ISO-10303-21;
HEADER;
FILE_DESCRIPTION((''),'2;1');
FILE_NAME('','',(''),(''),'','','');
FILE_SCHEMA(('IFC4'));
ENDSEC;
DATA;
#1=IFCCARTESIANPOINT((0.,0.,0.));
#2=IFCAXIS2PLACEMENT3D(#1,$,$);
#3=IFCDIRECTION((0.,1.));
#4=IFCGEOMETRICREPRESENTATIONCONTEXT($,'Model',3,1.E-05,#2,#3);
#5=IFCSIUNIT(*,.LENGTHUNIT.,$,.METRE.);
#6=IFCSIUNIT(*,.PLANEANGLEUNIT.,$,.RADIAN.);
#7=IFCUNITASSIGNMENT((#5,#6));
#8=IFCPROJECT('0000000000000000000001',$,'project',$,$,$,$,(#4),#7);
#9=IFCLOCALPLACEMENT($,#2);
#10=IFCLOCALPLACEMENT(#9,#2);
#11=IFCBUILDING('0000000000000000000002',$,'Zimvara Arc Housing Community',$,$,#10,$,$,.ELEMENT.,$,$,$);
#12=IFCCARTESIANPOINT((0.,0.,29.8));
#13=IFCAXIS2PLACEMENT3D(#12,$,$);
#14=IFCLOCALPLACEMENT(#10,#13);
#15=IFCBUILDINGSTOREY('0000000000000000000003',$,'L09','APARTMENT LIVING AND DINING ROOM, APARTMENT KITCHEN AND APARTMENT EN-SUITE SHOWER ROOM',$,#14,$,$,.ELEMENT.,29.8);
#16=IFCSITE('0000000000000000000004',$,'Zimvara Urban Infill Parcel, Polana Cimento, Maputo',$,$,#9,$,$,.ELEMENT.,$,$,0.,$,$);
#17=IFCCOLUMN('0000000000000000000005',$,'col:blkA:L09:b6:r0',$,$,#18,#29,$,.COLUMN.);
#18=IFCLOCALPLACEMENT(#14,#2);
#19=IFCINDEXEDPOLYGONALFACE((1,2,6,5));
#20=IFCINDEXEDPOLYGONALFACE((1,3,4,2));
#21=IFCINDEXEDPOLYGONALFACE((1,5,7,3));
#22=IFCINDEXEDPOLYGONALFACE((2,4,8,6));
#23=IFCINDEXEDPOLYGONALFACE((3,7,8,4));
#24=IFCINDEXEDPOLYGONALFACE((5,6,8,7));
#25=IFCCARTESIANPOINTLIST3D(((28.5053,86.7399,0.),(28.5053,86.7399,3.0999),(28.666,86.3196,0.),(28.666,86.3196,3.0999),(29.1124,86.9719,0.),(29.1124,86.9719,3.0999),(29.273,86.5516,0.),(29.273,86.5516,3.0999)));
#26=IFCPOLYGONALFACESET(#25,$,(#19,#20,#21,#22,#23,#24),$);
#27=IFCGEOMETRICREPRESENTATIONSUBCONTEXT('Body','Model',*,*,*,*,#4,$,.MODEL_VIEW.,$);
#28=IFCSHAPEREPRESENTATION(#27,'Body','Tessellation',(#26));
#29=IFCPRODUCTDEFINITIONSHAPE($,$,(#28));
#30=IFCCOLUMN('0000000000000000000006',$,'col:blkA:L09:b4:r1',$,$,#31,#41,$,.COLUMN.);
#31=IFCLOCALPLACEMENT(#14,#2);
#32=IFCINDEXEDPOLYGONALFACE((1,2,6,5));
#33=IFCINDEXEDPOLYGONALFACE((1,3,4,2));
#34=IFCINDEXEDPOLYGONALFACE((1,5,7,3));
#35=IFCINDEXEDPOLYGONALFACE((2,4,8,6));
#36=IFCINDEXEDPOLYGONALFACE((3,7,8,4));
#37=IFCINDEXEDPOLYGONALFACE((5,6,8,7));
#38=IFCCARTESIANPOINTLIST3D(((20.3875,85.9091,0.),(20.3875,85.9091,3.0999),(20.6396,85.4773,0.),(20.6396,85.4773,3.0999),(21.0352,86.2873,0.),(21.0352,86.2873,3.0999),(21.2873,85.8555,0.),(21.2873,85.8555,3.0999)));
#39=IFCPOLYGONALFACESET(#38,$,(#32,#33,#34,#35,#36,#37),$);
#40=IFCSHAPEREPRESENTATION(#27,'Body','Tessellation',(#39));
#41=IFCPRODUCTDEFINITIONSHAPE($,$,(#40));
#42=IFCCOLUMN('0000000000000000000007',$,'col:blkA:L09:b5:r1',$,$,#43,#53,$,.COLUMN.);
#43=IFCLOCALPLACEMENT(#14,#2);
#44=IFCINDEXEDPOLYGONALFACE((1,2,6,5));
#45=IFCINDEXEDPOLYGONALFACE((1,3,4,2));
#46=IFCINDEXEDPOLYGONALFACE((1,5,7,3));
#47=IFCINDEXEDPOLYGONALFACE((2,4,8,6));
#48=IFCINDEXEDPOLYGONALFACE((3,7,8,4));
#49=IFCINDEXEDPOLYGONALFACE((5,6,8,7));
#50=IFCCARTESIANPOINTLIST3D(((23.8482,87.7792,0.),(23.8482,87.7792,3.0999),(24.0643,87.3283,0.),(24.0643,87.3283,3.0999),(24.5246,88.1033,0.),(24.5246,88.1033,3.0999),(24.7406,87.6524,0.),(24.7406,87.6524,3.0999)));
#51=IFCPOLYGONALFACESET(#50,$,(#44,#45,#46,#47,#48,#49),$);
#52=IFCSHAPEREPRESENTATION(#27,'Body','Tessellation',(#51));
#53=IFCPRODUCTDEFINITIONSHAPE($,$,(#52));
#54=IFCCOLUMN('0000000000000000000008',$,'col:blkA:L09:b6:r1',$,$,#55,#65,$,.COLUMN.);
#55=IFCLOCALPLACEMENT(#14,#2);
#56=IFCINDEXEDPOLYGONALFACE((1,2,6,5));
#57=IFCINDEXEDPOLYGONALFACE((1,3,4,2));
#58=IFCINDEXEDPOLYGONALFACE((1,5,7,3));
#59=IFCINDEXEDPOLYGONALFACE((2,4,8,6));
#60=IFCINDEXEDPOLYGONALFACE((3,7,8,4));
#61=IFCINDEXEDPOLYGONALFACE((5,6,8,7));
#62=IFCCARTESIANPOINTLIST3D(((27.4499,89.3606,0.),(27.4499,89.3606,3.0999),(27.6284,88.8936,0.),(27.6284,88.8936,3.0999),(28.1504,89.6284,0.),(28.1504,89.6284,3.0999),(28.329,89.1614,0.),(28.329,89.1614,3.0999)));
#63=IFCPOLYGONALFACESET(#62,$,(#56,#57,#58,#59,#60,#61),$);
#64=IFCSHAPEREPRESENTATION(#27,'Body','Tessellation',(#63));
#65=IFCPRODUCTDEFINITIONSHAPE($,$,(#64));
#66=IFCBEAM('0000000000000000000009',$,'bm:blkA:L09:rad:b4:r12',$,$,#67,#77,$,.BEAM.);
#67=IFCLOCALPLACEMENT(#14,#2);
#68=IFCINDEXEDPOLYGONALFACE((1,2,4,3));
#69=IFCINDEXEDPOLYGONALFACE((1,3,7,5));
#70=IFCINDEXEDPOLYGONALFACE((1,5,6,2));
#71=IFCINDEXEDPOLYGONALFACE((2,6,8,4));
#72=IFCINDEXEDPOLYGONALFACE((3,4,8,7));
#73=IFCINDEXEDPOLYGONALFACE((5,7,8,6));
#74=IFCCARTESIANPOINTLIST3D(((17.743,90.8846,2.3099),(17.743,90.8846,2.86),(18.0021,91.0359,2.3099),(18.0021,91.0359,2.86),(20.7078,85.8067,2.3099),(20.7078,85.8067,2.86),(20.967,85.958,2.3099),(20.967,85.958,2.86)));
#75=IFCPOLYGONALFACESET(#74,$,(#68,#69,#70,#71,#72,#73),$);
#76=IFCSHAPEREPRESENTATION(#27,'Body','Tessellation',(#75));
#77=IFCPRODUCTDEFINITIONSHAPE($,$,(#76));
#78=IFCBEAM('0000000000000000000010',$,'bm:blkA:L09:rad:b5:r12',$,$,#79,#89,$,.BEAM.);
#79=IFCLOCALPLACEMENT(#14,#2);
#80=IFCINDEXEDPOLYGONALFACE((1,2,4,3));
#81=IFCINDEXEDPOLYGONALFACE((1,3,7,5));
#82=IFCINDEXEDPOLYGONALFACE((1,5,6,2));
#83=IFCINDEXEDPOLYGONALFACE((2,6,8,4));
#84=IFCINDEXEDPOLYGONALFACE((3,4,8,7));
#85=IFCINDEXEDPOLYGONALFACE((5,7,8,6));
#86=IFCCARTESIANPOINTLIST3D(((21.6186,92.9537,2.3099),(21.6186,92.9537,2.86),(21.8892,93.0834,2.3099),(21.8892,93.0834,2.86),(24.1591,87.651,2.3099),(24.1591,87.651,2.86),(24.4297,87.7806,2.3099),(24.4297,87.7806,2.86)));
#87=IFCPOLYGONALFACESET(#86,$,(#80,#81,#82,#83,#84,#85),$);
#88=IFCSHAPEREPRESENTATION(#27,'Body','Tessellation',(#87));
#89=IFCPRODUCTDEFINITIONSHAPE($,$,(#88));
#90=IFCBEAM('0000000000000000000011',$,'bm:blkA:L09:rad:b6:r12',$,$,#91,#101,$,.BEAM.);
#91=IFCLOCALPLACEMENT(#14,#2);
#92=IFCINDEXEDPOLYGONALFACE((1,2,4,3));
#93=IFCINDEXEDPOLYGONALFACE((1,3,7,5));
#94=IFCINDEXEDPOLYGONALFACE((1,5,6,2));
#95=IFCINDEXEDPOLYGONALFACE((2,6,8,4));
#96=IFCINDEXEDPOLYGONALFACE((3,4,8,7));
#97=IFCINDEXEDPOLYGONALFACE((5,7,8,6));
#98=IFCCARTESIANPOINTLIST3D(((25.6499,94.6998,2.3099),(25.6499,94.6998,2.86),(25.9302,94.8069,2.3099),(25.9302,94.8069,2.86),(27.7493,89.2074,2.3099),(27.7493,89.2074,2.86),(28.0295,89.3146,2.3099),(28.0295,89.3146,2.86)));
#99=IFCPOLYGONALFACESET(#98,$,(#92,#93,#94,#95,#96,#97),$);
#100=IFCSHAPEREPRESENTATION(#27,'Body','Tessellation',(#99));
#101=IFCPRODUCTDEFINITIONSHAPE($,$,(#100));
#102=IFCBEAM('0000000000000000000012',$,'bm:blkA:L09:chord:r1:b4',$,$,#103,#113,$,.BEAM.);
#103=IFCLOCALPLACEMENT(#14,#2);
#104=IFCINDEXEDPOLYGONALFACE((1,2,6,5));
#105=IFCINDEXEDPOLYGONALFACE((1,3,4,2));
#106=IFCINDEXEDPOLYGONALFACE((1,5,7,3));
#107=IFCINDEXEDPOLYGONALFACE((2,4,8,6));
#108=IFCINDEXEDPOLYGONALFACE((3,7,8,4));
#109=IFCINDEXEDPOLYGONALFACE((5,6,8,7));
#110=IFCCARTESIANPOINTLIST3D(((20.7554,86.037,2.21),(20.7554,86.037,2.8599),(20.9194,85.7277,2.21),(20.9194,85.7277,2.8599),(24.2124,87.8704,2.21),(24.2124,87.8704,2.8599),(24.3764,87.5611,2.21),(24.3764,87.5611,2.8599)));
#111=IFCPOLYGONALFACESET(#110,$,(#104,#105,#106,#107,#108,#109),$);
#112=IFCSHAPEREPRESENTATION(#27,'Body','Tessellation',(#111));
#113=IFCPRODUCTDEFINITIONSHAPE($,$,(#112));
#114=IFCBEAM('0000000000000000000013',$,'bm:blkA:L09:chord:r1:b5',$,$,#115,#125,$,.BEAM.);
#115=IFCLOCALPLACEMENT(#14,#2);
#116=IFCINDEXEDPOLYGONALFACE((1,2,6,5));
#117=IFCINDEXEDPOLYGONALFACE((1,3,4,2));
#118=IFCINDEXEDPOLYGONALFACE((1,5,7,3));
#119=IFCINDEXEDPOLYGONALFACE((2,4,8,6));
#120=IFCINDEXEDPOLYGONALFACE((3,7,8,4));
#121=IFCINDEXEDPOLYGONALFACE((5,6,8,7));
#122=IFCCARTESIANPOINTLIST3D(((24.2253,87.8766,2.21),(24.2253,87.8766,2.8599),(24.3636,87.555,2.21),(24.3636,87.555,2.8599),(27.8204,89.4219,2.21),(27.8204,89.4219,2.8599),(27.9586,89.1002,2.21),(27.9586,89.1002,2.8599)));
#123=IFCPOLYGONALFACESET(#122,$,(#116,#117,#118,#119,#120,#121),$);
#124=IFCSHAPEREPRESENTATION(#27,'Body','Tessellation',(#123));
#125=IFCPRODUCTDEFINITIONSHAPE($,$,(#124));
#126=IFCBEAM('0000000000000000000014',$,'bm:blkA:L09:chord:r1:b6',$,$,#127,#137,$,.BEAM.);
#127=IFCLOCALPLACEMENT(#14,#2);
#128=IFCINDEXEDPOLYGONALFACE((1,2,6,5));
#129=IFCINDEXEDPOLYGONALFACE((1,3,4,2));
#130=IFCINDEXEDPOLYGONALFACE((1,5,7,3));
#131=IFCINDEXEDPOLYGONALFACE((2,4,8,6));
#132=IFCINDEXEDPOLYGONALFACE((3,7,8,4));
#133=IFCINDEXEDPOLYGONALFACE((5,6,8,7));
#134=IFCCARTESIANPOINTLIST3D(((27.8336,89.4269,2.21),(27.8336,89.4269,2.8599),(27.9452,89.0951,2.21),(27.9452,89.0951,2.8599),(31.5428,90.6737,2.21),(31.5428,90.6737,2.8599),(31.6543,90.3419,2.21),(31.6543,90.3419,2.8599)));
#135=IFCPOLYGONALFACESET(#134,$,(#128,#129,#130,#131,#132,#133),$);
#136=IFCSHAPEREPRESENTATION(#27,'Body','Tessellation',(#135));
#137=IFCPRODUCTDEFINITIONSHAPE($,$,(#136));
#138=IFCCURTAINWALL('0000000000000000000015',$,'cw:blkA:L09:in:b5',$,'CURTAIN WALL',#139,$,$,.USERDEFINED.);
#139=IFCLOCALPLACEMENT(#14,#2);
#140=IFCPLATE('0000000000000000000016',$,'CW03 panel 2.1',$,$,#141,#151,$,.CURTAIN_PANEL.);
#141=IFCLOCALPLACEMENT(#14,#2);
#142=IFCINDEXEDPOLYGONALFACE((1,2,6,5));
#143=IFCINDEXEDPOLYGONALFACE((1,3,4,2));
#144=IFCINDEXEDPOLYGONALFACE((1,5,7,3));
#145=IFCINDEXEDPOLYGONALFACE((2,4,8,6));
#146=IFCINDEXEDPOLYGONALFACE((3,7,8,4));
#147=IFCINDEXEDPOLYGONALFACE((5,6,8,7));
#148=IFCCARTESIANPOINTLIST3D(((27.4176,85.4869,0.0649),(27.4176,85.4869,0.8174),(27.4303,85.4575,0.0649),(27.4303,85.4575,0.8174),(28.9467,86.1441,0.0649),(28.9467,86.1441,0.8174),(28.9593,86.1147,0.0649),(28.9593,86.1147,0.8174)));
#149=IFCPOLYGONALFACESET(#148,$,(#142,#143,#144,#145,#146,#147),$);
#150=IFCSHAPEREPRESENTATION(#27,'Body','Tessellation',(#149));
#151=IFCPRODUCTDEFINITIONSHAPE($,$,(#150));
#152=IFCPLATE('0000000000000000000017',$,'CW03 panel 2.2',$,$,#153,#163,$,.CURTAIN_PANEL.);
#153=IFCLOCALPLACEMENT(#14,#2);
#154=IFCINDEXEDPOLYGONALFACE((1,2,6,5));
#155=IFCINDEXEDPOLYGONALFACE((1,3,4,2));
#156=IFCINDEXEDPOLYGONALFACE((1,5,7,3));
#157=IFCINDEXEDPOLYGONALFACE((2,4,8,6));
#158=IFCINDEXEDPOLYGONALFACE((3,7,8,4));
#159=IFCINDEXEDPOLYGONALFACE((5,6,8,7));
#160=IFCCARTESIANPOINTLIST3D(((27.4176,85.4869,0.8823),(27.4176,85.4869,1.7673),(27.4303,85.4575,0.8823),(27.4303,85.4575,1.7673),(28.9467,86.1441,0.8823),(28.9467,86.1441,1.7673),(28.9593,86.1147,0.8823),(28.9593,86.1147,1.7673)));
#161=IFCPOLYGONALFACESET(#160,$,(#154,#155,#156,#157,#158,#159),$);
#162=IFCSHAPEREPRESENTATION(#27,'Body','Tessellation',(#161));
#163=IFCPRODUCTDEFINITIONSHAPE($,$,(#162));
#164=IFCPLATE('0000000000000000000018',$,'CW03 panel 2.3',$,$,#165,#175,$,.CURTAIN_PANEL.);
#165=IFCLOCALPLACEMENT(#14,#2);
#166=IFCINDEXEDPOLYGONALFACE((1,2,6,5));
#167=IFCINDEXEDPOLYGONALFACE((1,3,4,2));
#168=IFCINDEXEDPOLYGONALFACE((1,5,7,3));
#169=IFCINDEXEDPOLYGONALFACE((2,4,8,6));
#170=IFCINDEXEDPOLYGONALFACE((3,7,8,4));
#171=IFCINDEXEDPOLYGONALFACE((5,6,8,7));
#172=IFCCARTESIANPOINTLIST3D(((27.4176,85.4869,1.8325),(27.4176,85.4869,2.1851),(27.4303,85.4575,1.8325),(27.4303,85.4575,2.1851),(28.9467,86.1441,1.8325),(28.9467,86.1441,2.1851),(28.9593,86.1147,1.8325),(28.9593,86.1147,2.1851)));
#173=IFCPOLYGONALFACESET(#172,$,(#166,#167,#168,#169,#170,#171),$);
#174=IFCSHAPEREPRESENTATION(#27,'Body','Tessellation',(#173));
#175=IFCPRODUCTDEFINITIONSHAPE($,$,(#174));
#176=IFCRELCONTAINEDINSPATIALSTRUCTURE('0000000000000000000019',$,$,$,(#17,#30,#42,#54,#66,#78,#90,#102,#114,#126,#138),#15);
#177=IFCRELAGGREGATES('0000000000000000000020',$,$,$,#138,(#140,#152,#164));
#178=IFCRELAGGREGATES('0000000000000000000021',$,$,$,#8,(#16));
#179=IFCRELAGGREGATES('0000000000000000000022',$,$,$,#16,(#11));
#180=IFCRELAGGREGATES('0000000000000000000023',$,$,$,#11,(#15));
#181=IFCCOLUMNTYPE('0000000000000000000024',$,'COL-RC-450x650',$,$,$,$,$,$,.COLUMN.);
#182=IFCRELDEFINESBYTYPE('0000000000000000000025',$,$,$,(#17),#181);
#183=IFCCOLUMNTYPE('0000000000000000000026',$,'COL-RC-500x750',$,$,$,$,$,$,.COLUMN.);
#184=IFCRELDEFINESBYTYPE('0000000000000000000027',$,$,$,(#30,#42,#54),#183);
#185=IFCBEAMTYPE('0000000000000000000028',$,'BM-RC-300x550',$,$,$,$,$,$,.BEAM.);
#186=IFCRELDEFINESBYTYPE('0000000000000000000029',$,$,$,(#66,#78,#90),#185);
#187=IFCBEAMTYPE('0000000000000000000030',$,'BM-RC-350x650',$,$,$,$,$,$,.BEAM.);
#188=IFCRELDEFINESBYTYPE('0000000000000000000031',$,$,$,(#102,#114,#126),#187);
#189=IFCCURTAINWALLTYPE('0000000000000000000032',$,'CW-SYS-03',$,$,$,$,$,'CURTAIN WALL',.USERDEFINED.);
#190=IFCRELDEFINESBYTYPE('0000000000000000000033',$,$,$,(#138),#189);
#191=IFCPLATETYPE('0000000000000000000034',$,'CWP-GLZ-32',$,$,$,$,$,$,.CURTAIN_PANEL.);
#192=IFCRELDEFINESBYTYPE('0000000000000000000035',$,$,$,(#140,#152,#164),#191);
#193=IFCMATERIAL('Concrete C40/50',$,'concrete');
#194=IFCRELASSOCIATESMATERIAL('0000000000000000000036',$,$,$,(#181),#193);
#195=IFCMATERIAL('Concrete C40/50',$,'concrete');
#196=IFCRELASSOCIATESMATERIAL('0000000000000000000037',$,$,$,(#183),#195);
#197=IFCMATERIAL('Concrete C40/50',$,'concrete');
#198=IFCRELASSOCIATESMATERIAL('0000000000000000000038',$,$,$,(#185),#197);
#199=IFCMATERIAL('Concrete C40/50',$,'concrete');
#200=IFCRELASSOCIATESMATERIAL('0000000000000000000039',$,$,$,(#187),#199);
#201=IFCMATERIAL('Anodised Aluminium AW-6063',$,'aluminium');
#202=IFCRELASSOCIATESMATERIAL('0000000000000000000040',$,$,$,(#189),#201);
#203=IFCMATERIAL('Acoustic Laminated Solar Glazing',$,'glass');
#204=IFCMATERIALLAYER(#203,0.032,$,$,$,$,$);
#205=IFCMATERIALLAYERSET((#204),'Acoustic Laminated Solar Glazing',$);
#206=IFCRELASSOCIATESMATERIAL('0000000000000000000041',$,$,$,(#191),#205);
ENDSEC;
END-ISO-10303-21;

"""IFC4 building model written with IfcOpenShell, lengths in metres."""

from ifc_helpers import new_model, si_unit, direction, frame, origin, origin_2d, place, context, subcontext, project, spatial, rectangle, extrude, material, layer, layer_set, material_profile, profile_set, type_object, element, aggregate, save


model = new_model("IFC4")

# Units and contexts
model_context = context("Model", 3, precision=1e-05, world=origin(), true_north=direction((0.0, 1.0)))
body_context = subcontext(model_context, "Body", "Model", "MODEL_VIEW")
ifc_project = project(units=[si_unit("LENGTHUNIT", "METRE"), si_unit("PLANEANGLEUNIT", "RADIAN")], contexts=[model_context])

# Site, building, storey
site_placement = place(None, origin())
site = spatial("IfcSite", under=ifc_project, at=site_placement, Name="Zimvara Urban Infill Parcel, Polana Cimento, Maputo", CompositionType="ELEMENT", RefElevation=0.0)
building_placement = place(site_placement, origin())
building = spatial("IfcBuilding", under=site, at=building_placement, Name="Zimvara Arc Housing Community", CompositionType="ELEMENT")
storey_placement = place(building_placement, frame((0.0, 0.0, 29.8)))
storey = spatial("IfcBuildingStorey", under=building, at=storey_placement, Name="L09", Description="APARTMENT LIVING AND DINING ROOM, APARTMENT KITCHEN AND APARTMENT EN-SUITE SHOWER ROOM", CompositionType="ELEMENT", Elevation=29.8)

# Columns
ifc_material_1 = material(Name="Concrete C40/50", Category="concrete")
ifc_material_profile_1 = material_profile(ifc_material_1, rectangle(XDim=0.45, YDim=0.6499, at=origin_2d()), Name="RC 450x650")
ifc_profile_set_1 = profile_set([ifc_material_profile_1], Name="Concrete C40/50")
column_type_1 = type_object("IfcColumnType", Name="COL-RC-450x650", PredefinedType="COLUMN", material=ifc_profile_set_1)
column_placement = place(storey_placement, frame((28.8892, 86.6458, 0.0), z_axis=(0.0, 0.0, 1.0), x_axis=(-0.357064, 0.93408, 0.0)))
element("IfcColumn", 1, at=column_placement, inside=storey, type_object=column_type_1, Name="col:blkA:L09:b6:r0", PredefinedType="COLUMN", context=body_context, shape_type="SweptSolid", body=[
    extrude(rectangle(XDim=0.45, YDim=0.6499, at=origin_2d()), origin(), (0.0, 0.0, 1.0), 3.0999),
])
ifc_material_2 = material(Name="Concrete C40/50", Category="concrete")
ifc_material_profile_2 = material_profile(ifc_material_2, rectangle(XDim=0.5, YDim=0.75, at=origin_2d()), Name="RC 500x750")
ifc_profile_set_2 = profile_set([ifc_material_profile_2], Name="Concrete C40/50")
column_type_2 = type_object("IfcColumnType", Name="COL-RC-500x750", PredefinedType="COLUMN", material=ifc_profile_set_2)
for number, where, z_axis, x_axis, name in (
    (2, (20.8374, 85.8823, 0.0), (0.0, 0.0, 1.0), (-0.504226, 0.863572, 0.0), "col:blkA:L09:b4:r1"),
    (3, (24.2944, 87.7158, 0.0), (0.0, 0.0, 1.0), (-0.432086, 0.901833, 0.0), "col:blkA:L09:b5:r1"),
    (4, (27.8894, 89.261, 0.0), (0.0, 0.0, 1.0), (-0.357064, 0.93408, 0.0), "col:blkA:L09:b6:r1"),
):
    element("IfcColumn", number, at=place(storey_placement, frame(where, z_axis=z_axis, x_axis=x_axis)), inside=storey, type_object=column_type_2, Name=name, PredefinedType="COLUMN", context=body_context, shape_type="SweptSolid", body=[
        extrude(rectangle(XDim=0.5, YDim=0.75, at=origin_2d()), origin(), (0.0, 0.0, 1.0), 3.0999),
    ])

# Beams
ifc_material_3 = material(Name="Concrete C40/50", Category="concrete")
ifc_material_profile_3 = material_profile(ifc_material_3, rectangle(XDim=0.3, YDim=0.55, at=origin_2d()), Name="RC 300x550")
ifc_profile_set_3 = profile_set([ifc_material_profile_3], Name="Concrete C40/50")
beam_type_1 = type_object("IfcBeamType", Name="BM-RC-300x550", PredefinedType="BEAM", material=ifc_profile_set_3)
beam_placement = place(storey_placement, frame((20.8374, 85.8823, 2.585), z_axis=(-0.504219, 0.863576, 0.0), x_axis=(-0.863576, -0.504219, 0.0)))
element("IfcBeam", 5, at=beam_placement, inside=storey, type_object=beam_type_1, Name="bm:blkA:L09:rad:b4:r12", PredefinedType="BEAM", context=body_context, shape_type="SweptSolid", body=[
    extrude(rectangle(XDim=0.3, YDim=0.55, at=origin_2d()), origin(), (0.0, 0.0, 1.0), 5.8801),
])
for number, where, z_axis, x_axis, name in (
    (6, (24.2944, 87.7158, 2.585), (-0.43207, 0.90184, 0.0), (-0.90184, -0.43207, 0.0), "bm:blkA:L09:rad:b5:r12"),
    (7, (27.8894, 89.261, 2.585), (-0.357036, 0.934091, 0.0), (-0.934091, -0.357036, 0.0), "bm:blkA:L09:rad:b6:r12"),
):
    element("IfcBeam", number, at=place(storey_placement, frame(where, z_axis=z_axis, x_axis=x_axis)), inside=storey, type_object=beam_type_1, Name=name, PredefinedType="BEAM", context=body_context, shape_type="SweptSolid", body=[
        extrude(rectangle(XDim=0.3, YDim=0.55, at=origin_2d()), origin(), (0.0, 0.0, 1.0), 5.8799),
    ])
ifc_material_4 = material(Name="Concrete C40/50", Category="concrete")
ifc_material_profile_4 = material_profile(ifc_material_4, rectangle(XDim=0.3501, YDim=0.6499, at=origin_2d()), Name="RC 350x650")
ifc_profile_set_4 = profile_set([ifc_material_profile_4], Name="Concrete C40/50")
beam_type_2 = type_object("IfcBeamType", Name="BM-RC-350x650", PredefinedType="BEAM", material=ifc_profile_set_4)
for number, where, z_axis, x_axis, name in (
    (8, (20.8374, 85.8823, 2.5349), (0.883439, 0.468547, 0.0), (-0.468547, 0.883439, 0.0), "bm:blkA:L09:chord:r1:b4"),
    (9, (24.2944, 87.7158, 2.5349), (0.918731, 0.394883, 0.0), (-0.394883, 0.918731, 0.0), "bm:blkA:L09:chord:r1:b5"),
    (10, (27.8894, 89.261, 2.5349), (0.947882, 0.318623, 0.0), (-0.318623, 0.947882, 0.0), "bm:blkA:L09:chord:r1:b6"),
):
    element("IfcBeam", number, at=place(storey_placement, frame(where, z_axis=z_axis, x_axis=x_axis)), inside=storey, type_object=beam_type_2, Name=name, PredefinedType="BEAM", context=body_context, shape_type="SweptSolid", body=[
        extrude(rectangle(XDim=0.3501, YDim=0.6499, at=origin_2d()), origin(), (0.0, 0.0, 1.0), 3.9131),
    ])

# Curtain wall, plates
ifc_material_5 = material(Name="Anodised Aluminium AW-6063", Category="aluminium")
curtain_wall_type = type_object("IfcCurtainWallType", Name="CW-SYS-03", ElementType="CURTAIN WALL", PredefinedType="USERDEFINED", material=ifc_material_5)
curtain_wall_placement = place(storey_placement, origin())
curtain_wall = element("IfcCurtainWall", 11, at=curtain_wall_placement, inside=storey, type_object=curtain_wall_type, Name="cw:blkA:L09:in:b5", ObjectType="CURTAIN WALL", PredefinedType="USERDEFINED")
ifc_material_6 = material(Name="Acoustic Laminated Solar Glazing", Category="glass")
ifc_layer_1 = layer(ifc_material_6, 0.032)
ifc_layer_set_1 = layer_set([ifc_layer_1], Name="Acoustic Laminated Solar Glazing")
plate_type = type_object("IfcPlateType", Name="CWP-GLZ-32", PredefinedType="CURTAIN_PANEL", material=ifc_layer_set_1)
plate_1_placement = place(storey_placement, frame((28.1885, 85.8008, 0.0649), z_axis=(0.0, 0.0, 1.0), x_axis=(0.918722, 0.394904, 0.0)))
plate_1 = element("IfcPlate", 12, at=plate_1_placement, type_object=plate_type, Name="CW03 panel 2.1", PredefinedType="CURTAIN_PANEL", context=body_context, shape_type="SweptSolid", body=[
    extrude(rectangle(XDim=1.6643, YDim=0.032, at=origin_2d()), origin(), (0.0, 0.0, 1.0), 0.7524),
])
plate_2_placement = place(storey_placement, frame((28.1885, 85.8008, 0.8823), z_axis=(0.0, 0.0, 1.0), x_axis=(0.918722, 0.394904, 0.0)))
plate_2 = element("IfcPlate", 13, at=plate_2_placement, type_object=plate_type, Name="CW03 panel 2.2", PredefinedType="CURTAIN_PANEL", context=body_context, shape_type="SweptSolid", body=[
    extrude(rectangle(XDim=1.6643, YDim=0.032, at=origin_2d()), origin(), (0.0, 0.0, 1.0), 0.885),
])
plate_3_placement = place(storey_placement, frame((28.1885, 85.8008, 1.8325), z_axis=(0.0, 0.0, 1.0), x_axis=(0.918722, 0.394904, 0.0)))
plate_3 = element("IfcPlate", 14, at=plate_3_placement, type_object=plate_type, Name="CW03 panel 2.3", PredefinedType="CURTAIN_PANEL", context=body_context, shape_type="SweptSolid", body=[
    extrude(rectangle(XDim=1.6643, YDim=0.032, at=origin_2d()), origin(), (0.0, 0.0, 1.0), 0.3525),
])
aggregate(curtain_wall, [plate_1, plate_2, plate_3])

save(model, "model.ifc")
